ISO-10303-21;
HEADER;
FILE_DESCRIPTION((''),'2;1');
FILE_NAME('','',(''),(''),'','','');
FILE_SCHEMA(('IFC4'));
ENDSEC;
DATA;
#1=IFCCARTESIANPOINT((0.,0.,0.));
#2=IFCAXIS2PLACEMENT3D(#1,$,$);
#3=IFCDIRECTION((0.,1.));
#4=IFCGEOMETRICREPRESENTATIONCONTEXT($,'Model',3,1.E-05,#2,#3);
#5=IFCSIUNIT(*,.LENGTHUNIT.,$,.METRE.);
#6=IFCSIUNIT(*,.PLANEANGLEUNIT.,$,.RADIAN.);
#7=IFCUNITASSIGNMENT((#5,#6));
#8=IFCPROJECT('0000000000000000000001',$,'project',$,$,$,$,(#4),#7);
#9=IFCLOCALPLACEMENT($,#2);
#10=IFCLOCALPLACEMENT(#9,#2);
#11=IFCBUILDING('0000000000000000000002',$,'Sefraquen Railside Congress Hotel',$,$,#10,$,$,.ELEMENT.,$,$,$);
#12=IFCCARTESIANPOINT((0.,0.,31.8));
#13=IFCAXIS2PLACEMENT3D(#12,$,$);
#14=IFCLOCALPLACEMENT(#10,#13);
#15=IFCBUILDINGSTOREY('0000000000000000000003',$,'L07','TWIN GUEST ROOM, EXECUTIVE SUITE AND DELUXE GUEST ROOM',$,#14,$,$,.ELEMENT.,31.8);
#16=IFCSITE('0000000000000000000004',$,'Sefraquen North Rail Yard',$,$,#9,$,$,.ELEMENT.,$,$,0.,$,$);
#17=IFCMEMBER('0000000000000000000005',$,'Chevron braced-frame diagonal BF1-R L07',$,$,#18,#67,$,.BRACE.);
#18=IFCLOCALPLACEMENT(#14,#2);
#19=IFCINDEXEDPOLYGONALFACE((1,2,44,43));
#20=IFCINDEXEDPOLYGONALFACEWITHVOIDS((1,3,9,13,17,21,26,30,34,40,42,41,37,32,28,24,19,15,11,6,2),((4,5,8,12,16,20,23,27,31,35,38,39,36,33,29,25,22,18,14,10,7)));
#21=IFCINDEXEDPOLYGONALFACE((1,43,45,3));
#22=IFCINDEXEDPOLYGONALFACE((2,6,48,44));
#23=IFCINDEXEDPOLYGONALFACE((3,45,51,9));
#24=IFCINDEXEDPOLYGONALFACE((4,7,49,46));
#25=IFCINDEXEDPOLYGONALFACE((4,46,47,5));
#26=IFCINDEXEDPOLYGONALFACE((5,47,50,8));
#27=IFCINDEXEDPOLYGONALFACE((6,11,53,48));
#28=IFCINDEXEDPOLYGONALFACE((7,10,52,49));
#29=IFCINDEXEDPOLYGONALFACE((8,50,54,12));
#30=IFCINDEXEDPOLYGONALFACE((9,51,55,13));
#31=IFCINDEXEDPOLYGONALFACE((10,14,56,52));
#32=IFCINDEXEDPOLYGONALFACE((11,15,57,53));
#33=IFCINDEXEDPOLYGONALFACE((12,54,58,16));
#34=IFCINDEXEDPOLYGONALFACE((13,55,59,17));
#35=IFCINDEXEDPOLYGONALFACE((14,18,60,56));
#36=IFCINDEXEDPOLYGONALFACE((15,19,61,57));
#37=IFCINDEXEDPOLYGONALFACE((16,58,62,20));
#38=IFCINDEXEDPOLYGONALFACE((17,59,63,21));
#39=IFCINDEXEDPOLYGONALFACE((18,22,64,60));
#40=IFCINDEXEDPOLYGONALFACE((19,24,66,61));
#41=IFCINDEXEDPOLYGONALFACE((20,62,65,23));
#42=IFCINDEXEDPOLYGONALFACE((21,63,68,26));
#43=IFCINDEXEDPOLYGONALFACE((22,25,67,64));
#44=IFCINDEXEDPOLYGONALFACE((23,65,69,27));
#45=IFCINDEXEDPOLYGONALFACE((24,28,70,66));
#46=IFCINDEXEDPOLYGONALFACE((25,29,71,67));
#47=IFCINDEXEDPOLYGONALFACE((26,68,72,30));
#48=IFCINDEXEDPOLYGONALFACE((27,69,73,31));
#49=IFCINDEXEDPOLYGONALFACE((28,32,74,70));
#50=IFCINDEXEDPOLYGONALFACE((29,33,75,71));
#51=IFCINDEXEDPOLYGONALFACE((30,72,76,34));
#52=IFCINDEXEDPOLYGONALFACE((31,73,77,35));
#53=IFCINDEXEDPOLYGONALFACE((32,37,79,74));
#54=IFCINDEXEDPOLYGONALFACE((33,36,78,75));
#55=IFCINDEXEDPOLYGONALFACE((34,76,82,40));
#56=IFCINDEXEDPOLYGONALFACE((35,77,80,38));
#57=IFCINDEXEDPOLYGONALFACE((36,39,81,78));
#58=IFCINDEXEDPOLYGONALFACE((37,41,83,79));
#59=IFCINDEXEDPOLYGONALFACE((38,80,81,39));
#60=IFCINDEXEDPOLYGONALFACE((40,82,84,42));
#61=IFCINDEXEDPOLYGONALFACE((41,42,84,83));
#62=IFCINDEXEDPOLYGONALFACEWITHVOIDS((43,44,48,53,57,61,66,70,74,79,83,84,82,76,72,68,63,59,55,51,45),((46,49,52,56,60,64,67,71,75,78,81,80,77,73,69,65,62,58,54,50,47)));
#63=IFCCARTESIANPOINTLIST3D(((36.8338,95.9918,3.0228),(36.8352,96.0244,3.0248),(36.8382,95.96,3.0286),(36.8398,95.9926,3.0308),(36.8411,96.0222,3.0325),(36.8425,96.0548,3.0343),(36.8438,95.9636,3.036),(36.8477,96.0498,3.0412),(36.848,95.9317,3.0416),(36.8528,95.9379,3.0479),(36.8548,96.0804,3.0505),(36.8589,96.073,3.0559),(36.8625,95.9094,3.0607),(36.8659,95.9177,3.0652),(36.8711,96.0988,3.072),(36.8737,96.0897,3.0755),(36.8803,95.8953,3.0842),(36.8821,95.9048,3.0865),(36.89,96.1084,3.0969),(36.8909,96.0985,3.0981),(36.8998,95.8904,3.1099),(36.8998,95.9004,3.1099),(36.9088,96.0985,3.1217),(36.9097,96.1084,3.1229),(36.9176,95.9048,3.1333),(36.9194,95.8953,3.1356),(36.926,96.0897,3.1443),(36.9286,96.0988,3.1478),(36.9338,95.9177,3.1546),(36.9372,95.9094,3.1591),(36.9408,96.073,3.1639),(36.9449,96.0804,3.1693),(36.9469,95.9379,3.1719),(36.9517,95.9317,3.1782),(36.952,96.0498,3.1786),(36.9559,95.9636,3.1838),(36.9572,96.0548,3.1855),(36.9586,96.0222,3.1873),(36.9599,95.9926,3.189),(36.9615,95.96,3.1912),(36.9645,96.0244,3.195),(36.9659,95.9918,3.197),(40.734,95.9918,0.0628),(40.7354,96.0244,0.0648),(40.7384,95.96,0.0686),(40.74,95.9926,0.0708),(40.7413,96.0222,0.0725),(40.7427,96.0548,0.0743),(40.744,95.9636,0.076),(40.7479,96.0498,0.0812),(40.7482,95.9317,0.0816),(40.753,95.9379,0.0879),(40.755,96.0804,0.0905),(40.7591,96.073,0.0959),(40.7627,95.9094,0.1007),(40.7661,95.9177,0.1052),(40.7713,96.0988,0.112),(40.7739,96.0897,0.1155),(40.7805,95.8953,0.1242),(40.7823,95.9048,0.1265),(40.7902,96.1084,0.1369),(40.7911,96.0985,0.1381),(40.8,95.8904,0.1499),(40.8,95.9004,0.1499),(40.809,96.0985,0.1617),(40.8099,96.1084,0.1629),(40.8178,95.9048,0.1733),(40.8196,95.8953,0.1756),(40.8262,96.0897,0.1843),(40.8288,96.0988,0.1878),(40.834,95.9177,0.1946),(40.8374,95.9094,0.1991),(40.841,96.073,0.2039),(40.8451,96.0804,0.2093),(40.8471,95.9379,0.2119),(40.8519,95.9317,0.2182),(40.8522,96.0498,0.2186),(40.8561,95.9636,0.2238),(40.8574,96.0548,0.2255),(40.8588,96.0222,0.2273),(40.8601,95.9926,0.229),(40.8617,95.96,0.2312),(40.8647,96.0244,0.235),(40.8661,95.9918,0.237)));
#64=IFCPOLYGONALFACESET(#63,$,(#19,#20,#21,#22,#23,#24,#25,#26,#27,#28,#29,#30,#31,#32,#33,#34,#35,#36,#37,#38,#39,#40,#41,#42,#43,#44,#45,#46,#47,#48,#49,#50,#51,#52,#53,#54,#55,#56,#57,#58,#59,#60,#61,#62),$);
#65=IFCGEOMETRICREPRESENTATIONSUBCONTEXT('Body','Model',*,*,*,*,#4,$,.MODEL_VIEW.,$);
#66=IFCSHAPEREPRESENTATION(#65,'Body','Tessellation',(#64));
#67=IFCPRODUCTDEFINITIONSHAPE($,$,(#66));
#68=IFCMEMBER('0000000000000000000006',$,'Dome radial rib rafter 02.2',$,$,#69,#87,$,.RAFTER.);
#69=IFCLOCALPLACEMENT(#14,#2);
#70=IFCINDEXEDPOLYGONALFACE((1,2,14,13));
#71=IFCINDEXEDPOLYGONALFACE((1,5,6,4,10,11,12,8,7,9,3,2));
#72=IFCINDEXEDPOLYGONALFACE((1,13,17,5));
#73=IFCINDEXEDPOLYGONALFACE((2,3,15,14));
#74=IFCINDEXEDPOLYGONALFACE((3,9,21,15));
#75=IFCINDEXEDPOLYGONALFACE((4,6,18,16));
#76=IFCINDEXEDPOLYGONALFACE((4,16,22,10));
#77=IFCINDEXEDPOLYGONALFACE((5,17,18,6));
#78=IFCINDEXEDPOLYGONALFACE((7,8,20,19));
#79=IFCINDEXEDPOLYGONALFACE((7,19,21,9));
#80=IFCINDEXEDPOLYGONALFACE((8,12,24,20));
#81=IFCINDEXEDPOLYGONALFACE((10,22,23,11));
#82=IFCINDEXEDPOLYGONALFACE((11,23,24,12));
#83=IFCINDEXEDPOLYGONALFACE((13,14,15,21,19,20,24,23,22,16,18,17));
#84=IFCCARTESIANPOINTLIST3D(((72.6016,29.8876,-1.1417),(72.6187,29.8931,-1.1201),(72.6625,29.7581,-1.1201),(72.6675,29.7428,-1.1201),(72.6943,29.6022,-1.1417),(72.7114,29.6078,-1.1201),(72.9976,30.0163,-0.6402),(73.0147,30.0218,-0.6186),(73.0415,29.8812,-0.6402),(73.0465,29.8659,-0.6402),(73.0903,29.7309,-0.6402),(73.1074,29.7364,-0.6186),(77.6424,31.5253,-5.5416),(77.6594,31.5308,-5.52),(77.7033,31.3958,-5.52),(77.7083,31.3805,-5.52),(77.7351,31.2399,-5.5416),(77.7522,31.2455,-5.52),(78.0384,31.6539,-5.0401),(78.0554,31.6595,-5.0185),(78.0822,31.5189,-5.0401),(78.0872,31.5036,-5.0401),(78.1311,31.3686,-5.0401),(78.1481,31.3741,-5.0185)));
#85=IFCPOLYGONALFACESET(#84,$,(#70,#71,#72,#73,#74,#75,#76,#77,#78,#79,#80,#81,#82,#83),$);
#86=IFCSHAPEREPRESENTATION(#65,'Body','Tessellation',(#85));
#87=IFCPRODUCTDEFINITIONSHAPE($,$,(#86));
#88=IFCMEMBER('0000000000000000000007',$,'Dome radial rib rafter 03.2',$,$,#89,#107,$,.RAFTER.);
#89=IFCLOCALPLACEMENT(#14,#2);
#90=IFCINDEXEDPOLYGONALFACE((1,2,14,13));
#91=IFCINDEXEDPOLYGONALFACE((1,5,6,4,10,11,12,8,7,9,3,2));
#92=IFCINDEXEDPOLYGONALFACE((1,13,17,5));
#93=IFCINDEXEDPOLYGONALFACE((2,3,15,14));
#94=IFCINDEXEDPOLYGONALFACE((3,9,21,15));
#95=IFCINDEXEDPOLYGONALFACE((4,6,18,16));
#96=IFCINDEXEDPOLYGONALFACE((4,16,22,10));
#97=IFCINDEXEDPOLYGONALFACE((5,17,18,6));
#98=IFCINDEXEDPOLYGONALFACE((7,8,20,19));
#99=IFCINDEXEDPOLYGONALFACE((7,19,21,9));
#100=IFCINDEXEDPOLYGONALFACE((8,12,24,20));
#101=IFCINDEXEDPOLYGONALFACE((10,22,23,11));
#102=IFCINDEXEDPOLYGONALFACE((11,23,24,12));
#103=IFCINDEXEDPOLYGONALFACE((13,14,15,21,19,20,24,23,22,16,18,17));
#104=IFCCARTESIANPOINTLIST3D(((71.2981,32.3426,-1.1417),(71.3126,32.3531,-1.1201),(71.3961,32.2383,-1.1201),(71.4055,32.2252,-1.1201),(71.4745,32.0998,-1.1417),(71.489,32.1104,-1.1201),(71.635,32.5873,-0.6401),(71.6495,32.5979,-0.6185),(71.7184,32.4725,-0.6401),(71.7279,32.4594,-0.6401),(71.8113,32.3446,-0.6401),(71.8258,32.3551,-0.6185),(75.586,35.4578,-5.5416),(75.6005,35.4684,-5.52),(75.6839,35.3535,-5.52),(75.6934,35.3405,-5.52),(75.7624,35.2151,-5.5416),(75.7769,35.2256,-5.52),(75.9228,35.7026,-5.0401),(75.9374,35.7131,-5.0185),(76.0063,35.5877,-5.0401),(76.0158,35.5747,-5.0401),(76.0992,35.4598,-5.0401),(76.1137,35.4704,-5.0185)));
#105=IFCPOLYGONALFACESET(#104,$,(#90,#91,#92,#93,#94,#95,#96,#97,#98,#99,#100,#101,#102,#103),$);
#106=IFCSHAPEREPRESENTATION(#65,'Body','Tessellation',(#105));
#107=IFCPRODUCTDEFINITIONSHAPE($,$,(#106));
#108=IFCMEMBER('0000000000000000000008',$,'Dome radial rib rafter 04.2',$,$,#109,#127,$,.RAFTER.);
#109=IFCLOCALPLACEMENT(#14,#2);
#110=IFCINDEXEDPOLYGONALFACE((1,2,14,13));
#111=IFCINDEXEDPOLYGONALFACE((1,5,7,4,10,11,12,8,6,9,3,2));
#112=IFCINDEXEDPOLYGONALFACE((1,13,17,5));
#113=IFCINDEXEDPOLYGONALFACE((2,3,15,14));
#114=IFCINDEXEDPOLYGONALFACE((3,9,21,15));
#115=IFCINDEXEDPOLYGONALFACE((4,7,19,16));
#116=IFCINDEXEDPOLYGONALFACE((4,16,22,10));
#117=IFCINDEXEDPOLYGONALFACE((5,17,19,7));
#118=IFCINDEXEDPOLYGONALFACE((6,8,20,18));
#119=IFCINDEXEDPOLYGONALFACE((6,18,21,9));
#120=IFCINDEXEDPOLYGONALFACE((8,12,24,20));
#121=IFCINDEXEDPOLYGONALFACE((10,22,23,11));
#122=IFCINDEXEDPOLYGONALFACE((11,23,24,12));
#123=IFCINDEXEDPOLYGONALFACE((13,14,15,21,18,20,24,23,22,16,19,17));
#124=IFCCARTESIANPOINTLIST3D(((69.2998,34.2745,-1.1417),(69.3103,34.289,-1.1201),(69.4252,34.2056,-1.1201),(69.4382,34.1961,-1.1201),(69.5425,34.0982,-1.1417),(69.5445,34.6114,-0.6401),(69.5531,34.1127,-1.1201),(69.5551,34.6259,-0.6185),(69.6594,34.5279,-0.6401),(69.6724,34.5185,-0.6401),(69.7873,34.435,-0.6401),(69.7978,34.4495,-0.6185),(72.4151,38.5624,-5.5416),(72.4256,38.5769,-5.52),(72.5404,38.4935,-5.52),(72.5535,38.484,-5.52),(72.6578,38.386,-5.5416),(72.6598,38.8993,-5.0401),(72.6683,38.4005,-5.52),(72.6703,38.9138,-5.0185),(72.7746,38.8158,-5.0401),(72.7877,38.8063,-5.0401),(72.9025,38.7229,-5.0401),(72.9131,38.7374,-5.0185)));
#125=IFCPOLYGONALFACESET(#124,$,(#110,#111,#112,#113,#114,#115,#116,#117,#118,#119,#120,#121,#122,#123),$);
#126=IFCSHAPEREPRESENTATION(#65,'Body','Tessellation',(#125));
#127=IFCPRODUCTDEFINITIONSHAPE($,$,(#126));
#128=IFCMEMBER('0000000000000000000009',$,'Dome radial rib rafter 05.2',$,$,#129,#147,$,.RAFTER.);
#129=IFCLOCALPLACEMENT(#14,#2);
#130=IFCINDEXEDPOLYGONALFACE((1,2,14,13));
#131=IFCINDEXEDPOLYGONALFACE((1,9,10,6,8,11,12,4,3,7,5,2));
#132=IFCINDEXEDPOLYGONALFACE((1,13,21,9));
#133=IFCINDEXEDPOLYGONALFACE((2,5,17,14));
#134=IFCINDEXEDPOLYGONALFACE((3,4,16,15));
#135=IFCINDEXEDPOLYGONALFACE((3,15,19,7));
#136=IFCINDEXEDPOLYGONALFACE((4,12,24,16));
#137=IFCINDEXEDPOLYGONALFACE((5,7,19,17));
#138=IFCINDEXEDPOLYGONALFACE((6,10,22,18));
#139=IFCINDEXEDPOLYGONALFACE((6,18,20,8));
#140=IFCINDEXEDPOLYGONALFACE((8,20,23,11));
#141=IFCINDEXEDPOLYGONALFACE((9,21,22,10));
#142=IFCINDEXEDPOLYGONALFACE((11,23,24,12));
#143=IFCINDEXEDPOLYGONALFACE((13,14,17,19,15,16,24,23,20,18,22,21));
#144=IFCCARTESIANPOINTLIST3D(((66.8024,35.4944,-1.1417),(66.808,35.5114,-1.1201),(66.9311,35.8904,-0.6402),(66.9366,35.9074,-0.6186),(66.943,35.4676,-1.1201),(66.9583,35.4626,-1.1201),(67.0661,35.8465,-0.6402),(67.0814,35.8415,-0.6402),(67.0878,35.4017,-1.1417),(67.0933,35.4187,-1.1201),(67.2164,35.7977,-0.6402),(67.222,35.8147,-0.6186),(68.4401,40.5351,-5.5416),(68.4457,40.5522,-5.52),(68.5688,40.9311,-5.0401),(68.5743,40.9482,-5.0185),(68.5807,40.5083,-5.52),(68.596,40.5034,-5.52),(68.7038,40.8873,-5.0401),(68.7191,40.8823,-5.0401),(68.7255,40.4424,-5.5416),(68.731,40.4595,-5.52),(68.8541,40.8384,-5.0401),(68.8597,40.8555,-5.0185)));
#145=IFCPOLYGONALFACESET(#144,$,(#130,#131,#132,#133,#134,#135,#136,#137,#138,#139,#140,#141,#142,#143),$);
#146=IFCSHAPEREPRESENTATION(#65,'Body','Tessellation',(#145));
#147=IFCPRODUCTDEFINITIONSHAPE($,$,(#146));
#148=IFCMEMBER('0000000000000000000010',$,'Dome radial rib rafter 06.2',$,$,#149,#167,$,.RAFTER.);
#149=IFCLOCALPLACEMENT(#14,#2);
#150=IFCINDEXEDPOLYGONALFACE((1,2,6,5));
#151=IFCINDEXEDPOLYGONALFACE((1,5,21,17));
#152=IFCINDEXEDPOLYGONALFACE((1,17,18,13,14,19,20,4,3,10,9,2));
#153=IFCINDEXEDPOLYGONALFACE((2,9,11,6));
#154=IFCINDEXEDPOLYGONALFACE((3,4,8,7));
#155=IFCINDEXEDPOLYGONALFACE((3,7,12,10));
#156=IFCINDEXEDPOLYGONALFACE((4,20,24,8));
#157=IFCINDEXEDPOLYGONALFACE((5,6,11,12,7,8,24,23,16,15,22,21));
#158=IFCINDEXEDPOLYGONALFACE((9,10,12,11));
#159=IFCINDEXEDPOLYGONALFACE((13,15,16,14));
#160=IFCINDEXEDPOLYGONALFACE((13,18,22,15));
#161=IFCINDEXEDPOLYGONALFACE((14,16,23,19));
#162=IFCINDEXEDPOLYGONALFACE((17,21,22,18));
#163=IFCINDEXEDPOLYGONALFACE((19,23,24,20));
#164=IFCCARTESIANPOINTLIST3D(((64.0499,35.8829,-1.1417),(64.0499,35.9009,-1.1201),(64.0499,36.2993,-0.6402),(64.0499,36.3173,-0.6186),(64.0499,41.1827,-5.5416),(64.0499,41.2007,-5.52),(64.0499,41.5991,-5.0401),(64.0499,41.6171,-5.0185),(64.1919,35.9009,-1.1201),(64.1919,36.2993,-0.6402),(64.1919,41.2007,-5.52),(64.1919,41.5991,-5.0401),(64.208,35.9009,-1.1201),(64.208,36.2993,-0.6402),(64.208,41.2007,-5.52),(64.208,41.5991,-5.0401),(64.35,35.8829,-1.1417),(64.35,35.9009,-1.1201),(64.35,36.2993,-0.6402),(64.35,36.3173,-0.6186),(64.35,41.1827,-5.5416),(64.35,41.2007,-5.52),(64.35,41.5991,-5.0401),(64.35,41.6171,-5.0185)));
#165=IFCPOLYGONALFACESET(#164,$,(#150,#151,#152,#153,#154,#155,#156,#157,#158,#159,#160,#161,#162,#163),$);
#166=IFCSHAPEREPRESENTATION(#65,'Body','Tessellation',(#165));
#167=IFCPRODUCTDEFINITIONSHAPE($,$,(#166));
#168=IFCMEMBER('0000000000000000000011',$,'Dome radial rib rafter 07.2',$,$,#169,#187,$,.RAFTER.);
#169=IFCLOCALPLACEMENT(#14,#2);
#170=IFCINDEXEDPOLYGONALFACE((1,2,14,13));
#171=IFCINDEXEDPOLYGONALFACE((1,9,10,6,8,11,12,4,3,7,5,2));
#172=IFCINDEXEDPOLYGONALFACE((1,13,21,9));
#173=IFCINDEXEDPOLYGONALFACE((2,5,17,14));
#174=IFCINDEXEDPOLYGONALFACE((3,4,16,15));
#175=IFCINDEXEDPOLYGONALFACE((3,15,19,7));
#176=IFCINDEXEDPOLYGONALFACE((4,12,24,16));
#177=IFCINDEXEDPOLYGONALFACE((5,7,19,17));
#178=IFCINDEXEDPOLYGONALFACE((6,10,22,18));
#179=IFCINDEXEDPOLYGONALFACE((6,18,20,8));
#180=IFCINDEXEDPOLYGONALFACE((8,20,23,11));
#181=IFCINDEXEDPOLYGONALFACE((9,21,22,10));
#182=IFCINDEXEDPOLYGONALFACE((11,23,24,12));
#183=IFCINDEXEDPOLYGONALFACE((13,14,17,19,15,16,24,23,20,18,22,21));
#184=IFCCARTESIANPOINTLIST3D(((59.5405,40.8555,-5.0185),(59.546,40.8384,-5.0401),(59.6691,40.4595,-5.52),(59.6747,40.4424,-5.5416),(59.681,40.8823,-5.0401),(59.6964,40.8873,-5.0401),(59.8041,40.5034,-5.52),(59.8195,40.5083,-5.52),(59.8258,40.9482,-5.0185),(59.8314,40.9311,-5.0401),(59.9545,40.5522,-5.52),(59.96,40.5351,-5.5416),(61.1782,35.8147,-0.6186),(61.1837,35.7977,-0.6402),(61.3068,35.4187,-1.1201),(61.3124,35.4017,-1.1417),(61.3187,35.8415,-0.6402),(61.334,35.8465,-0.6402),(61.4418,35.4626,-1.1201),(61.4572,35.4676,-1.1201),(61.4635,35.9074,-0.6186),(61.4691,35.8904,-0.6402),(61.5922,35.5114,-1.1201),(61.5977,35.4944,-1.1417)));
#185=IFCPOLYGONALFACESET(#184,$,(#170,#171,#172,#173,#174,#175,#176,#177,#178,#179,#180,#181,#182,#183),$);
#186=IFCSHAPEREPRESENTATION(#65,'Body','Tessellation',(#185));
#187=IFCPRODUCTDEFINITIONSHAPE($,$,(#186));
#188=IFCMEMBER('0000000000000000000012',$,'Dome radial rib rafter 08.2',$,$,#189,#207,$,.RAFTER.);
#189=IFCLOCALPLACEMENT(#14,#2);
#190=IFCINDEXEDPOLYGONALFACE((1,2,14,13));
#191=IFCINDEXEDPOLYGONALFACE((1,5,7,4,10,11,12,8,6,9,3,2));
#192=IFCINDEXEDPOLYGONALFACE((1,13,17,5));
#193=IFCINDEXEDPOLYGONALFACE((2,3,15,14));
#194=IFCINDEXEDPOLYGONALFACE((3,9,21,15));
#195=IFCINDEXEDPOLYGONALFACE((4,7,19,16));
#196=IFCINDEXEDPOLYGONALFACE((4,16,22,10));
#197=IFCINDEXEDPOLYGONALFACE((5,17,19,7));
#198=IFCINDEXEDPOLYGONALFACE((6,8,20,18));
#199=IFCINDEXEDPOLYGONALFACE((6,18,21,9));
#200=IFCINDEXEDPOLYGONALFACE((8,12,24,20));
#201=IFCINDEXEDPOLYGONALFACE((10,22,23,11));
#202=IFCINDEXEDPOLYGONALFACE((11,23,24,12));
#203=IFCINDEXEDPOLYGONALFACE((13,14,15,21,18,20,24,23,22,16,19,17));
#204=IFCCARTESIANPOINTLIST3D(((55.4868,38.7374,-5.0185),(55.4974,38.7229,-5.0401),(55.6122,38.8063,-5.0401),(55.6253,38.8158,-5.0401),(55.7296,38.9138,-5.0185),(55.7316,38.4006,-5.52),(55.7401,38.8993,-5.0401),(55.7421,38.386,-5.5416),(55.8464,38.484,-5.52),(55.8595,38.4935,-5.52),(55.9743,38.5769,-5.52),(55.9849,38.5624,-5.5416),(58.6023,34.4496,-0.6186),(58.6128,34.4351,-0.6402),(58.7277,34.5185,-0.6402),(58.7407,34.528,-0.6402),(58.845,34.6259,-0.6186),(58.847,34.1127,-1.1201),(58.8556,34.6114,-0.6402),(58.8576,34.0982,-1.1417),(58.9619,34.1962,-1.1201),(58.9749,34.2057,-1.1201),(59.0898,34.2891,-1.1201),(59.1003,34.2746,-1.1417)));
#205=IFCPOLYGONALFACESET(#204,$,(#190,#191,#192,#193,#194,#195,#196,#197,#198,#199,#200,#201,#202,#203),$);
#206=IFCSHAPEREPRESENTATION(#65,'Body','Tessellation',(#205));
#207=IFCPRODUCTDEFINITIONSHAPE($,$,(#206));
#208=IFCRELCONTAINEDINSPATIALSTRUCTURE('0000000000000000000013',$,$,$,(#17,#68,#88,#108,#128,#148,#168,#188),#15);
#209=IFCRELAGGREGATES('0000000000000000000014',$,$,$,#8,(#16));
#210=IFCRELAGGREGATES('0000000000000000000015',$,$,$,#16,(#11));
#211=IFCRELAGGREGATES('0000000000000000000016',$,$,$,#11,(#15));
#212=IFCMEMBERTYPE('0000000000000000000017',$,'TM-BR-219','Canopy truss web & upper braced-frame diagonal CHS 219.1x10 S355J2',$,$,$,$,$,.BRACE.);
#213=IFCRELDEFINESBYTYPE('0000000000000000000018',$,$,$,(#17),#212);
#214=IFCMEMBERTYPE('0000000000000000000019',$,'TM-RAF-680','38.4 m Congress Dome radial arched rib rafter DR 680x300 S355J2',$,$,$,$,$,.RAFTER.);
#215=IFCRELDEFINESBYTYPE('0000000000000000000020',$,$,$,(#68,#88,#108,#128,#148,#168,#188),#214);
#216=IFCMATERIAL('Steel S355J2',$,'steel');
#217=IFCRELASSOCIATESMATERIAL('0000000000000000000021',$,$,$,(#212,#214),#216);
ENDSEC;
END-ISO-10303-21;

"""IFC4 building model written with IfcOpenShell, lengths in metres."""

from ifc_helpers import new_model, si_unit, direction, frame, origin, origin_2d, place, context, subcontext, project, spatial, hollow_circle, i_section, extrude, material, material_profile, profile_set, type_object, element, save


model = new_model("IFC4")

# Units and contexts
model_context = context("Model", 3, precision=1e-05, world=origin(), true_north=direction((0.0, 1.0)))
body_context = subcontext(model_context, "Body", "Model", "MODEL_VIEW")
ifc_project = project(units=[si_unit("LENGTHUNIT", "METRE"), si_unit("PLANEANGLEUNIT", "RADIAN")], contexts=[model_context])

# Site, building, storey
site_placement = place(None, origin())
site = spatial("IfcSite", under=ifc_project, at=site_placement, Name="Sefraquen North Rail Yard", CompositionType="ELEMENT", RefElevation=0.0)
building_placement = place(site_placement, origin())
building = spatial("IfcBuilding", under=site, at=building_placement, Name="Sefraquen Railside Congress Hotel", CompositionType="ELEMENT")
storey_placement = place(building_placement, frame((0.0, 0.0, 31.8)))
storey = spatial("IfcBuildingStorey", under=building, at=storey_placement, Name="L07", Description="TWIN GUEST ROOM, EXECUTIVE SUITE AND DELUXE GUEST ROOM", CompositionType="ELEMENT", Elevation=31.8)

# Members
ifc_material_1 = material(Name="Steel S355J2", Category="steel")
ifc_material_profile_1 = material_profile(ifc_material_1, hollow_circle(Radius=0.1096, WallThickness=0.01, at=origin_2d()), Name="CHS 219.1x10")
ifc_profile_set_1 = profile_set([ifc_material_profile_1], Name="Steel S355J2")
member_type_1 = type_object("IfcMemberType", Name="TM-BR-219", Description="Canopy truss web & upper braced-frame diagonal CHS 219.1x10 S355J2", PredefinedType="BRACE", material=ifc_profile_set_1)
member_1_placement = place(storey_placement, frame((40.8, 96.0, 0.1499), z_axis=(-0.79657, 0.0, 0.604546), x_axis=(0.0, -1.0, 0.0)))
element("IfcMember", 1, at=member_1_placement, inside=storey, type_object=member_type_1, Name="Chevron braced-frame diagonal BF1-R L07", PredefinedType="BRACE", context=body_context, shape_type="SweptSolid", body=[
    extrude(hollow_circle(Radius=0.1096, WallThickness=0.01, at=origin_2d()), origin(), (0.0, 0.0, 1.0), 4.8962),
])
ifc_material_profile_2 = material_profile(ifc_material_1, i_section(OverallWidth=0.3, OverallDepth=0.6799, WebThickness=0.0161, FlangeThickness=0.0281, at=origin_2d()), Name="DR 680x300")
ifc_profile_set_2 = profile_set([ifc_material_profile_2], Name="Steel S355J2")
member_type_2 = type_object("IfcMemberType", Name="TM-RAF-680", Description="38.4 m Congress Dome radial arched rib rafter DR 680x300 S355J2", PredefinedType="RAFTER", material=ifc_profile_set_2)
for number, where, z_axis, x_axis, name in (
    (2, (77.8953, 31.4497, -5.28), (-0.731773, -0.237746, 0.638737), (0.308991, -0.951065, 0.0), "Dome radial rib rafter 02.2"),
    (3, (75.8499, 35.4641, -5.28), (-0.622477, -0.452247, 0.638745), (0.587777, -0.809023, 0.0), "Dome radial rib rafter 03.2"),
    (4, (72.6641, 38.6499, -5.28), (-0.452247, -0.622477, 0.638745), (0.809023, -0.587777, 0.0), "Dome radial rib rafter 04.2"),
    (5, (68.6499, 40.6953, -5.28), (-0.237746, -0.731773, 0.638737), (0.951065, -0.308991, 0.0), "Dome radial rib rafter 05.2"),
):
    element("IfcMember", number, at=place(storey_placement, frame(where, z_axis=z_axis, x_axis=x_axis)), inside=storey, type_object=member_type_2, Name=name, PredefinedType="RAFTER", context=body_context, shape_type="SweptSolid", body=[
        extrude(i_section(OverallWidth=0.3, OverallDepth=0.6799, WebThickness=0.0161, FlangeThickness=0.0281, at=origin_2d()), origin(), (0.0, 0.0, 1.0), 6.8884),
    ])
member_2_placement = place(storey_placement, frame((64.2, 41.3999, -5.28), z_axis=(0.0, -0.769405, 0.638761), x_axis=(1.0, 0.0, 0.0)))
element("IfcMember", 6, at=member_2_placement, inside=storey, type_object=member_type_2, Name="Dome radial rib rafter 06.2", PredefinedType="RAFTER", context=body_context, shape_type="SweptSolid", body=[
    extrude(i_section(OverallWidth=0.3, OverallDepth=0.6799, WebThickness=0.0161, FlangeThickness=0.0281, at=origin_2d()), origin(), (0.0, 0.0, 1.0), 6.8882),
])
for number, where, z_axis, x_axis, name in (
    (7, (59.7502, 40.6953, -5.28), (0.237746, -0.731773, 0.638737), (0.951065, 0.308991, 0.0), "Dome radial rib rafter 07.2"),
    (8, (55.7358, 38.6499, -5.28), (0.452275, -0.622467, 0.638735), (0.809001, 0.587807, 0.0), "Dome radial rib rafter 08.2"),
):
    element("IfcMember", number, at=place(storey_placement, frame(where, z_axis=z_axis, x_axis=x_axis)), inside=storey, type_object=member_type_2, Name=name, PredefinedType="RAFTER", context=body_context, shape_type="SweptSolid", body=[
        extrude(i_section(OverallWidth=0.3, OverallDepth=0.6799, WebThickness=0.0161, FlangeThickness=0.0281, at=origin_2d()), origin(), (0.0, 0.0, 1.0), 6.8884),
    ])

save(model, "model.ifc")
